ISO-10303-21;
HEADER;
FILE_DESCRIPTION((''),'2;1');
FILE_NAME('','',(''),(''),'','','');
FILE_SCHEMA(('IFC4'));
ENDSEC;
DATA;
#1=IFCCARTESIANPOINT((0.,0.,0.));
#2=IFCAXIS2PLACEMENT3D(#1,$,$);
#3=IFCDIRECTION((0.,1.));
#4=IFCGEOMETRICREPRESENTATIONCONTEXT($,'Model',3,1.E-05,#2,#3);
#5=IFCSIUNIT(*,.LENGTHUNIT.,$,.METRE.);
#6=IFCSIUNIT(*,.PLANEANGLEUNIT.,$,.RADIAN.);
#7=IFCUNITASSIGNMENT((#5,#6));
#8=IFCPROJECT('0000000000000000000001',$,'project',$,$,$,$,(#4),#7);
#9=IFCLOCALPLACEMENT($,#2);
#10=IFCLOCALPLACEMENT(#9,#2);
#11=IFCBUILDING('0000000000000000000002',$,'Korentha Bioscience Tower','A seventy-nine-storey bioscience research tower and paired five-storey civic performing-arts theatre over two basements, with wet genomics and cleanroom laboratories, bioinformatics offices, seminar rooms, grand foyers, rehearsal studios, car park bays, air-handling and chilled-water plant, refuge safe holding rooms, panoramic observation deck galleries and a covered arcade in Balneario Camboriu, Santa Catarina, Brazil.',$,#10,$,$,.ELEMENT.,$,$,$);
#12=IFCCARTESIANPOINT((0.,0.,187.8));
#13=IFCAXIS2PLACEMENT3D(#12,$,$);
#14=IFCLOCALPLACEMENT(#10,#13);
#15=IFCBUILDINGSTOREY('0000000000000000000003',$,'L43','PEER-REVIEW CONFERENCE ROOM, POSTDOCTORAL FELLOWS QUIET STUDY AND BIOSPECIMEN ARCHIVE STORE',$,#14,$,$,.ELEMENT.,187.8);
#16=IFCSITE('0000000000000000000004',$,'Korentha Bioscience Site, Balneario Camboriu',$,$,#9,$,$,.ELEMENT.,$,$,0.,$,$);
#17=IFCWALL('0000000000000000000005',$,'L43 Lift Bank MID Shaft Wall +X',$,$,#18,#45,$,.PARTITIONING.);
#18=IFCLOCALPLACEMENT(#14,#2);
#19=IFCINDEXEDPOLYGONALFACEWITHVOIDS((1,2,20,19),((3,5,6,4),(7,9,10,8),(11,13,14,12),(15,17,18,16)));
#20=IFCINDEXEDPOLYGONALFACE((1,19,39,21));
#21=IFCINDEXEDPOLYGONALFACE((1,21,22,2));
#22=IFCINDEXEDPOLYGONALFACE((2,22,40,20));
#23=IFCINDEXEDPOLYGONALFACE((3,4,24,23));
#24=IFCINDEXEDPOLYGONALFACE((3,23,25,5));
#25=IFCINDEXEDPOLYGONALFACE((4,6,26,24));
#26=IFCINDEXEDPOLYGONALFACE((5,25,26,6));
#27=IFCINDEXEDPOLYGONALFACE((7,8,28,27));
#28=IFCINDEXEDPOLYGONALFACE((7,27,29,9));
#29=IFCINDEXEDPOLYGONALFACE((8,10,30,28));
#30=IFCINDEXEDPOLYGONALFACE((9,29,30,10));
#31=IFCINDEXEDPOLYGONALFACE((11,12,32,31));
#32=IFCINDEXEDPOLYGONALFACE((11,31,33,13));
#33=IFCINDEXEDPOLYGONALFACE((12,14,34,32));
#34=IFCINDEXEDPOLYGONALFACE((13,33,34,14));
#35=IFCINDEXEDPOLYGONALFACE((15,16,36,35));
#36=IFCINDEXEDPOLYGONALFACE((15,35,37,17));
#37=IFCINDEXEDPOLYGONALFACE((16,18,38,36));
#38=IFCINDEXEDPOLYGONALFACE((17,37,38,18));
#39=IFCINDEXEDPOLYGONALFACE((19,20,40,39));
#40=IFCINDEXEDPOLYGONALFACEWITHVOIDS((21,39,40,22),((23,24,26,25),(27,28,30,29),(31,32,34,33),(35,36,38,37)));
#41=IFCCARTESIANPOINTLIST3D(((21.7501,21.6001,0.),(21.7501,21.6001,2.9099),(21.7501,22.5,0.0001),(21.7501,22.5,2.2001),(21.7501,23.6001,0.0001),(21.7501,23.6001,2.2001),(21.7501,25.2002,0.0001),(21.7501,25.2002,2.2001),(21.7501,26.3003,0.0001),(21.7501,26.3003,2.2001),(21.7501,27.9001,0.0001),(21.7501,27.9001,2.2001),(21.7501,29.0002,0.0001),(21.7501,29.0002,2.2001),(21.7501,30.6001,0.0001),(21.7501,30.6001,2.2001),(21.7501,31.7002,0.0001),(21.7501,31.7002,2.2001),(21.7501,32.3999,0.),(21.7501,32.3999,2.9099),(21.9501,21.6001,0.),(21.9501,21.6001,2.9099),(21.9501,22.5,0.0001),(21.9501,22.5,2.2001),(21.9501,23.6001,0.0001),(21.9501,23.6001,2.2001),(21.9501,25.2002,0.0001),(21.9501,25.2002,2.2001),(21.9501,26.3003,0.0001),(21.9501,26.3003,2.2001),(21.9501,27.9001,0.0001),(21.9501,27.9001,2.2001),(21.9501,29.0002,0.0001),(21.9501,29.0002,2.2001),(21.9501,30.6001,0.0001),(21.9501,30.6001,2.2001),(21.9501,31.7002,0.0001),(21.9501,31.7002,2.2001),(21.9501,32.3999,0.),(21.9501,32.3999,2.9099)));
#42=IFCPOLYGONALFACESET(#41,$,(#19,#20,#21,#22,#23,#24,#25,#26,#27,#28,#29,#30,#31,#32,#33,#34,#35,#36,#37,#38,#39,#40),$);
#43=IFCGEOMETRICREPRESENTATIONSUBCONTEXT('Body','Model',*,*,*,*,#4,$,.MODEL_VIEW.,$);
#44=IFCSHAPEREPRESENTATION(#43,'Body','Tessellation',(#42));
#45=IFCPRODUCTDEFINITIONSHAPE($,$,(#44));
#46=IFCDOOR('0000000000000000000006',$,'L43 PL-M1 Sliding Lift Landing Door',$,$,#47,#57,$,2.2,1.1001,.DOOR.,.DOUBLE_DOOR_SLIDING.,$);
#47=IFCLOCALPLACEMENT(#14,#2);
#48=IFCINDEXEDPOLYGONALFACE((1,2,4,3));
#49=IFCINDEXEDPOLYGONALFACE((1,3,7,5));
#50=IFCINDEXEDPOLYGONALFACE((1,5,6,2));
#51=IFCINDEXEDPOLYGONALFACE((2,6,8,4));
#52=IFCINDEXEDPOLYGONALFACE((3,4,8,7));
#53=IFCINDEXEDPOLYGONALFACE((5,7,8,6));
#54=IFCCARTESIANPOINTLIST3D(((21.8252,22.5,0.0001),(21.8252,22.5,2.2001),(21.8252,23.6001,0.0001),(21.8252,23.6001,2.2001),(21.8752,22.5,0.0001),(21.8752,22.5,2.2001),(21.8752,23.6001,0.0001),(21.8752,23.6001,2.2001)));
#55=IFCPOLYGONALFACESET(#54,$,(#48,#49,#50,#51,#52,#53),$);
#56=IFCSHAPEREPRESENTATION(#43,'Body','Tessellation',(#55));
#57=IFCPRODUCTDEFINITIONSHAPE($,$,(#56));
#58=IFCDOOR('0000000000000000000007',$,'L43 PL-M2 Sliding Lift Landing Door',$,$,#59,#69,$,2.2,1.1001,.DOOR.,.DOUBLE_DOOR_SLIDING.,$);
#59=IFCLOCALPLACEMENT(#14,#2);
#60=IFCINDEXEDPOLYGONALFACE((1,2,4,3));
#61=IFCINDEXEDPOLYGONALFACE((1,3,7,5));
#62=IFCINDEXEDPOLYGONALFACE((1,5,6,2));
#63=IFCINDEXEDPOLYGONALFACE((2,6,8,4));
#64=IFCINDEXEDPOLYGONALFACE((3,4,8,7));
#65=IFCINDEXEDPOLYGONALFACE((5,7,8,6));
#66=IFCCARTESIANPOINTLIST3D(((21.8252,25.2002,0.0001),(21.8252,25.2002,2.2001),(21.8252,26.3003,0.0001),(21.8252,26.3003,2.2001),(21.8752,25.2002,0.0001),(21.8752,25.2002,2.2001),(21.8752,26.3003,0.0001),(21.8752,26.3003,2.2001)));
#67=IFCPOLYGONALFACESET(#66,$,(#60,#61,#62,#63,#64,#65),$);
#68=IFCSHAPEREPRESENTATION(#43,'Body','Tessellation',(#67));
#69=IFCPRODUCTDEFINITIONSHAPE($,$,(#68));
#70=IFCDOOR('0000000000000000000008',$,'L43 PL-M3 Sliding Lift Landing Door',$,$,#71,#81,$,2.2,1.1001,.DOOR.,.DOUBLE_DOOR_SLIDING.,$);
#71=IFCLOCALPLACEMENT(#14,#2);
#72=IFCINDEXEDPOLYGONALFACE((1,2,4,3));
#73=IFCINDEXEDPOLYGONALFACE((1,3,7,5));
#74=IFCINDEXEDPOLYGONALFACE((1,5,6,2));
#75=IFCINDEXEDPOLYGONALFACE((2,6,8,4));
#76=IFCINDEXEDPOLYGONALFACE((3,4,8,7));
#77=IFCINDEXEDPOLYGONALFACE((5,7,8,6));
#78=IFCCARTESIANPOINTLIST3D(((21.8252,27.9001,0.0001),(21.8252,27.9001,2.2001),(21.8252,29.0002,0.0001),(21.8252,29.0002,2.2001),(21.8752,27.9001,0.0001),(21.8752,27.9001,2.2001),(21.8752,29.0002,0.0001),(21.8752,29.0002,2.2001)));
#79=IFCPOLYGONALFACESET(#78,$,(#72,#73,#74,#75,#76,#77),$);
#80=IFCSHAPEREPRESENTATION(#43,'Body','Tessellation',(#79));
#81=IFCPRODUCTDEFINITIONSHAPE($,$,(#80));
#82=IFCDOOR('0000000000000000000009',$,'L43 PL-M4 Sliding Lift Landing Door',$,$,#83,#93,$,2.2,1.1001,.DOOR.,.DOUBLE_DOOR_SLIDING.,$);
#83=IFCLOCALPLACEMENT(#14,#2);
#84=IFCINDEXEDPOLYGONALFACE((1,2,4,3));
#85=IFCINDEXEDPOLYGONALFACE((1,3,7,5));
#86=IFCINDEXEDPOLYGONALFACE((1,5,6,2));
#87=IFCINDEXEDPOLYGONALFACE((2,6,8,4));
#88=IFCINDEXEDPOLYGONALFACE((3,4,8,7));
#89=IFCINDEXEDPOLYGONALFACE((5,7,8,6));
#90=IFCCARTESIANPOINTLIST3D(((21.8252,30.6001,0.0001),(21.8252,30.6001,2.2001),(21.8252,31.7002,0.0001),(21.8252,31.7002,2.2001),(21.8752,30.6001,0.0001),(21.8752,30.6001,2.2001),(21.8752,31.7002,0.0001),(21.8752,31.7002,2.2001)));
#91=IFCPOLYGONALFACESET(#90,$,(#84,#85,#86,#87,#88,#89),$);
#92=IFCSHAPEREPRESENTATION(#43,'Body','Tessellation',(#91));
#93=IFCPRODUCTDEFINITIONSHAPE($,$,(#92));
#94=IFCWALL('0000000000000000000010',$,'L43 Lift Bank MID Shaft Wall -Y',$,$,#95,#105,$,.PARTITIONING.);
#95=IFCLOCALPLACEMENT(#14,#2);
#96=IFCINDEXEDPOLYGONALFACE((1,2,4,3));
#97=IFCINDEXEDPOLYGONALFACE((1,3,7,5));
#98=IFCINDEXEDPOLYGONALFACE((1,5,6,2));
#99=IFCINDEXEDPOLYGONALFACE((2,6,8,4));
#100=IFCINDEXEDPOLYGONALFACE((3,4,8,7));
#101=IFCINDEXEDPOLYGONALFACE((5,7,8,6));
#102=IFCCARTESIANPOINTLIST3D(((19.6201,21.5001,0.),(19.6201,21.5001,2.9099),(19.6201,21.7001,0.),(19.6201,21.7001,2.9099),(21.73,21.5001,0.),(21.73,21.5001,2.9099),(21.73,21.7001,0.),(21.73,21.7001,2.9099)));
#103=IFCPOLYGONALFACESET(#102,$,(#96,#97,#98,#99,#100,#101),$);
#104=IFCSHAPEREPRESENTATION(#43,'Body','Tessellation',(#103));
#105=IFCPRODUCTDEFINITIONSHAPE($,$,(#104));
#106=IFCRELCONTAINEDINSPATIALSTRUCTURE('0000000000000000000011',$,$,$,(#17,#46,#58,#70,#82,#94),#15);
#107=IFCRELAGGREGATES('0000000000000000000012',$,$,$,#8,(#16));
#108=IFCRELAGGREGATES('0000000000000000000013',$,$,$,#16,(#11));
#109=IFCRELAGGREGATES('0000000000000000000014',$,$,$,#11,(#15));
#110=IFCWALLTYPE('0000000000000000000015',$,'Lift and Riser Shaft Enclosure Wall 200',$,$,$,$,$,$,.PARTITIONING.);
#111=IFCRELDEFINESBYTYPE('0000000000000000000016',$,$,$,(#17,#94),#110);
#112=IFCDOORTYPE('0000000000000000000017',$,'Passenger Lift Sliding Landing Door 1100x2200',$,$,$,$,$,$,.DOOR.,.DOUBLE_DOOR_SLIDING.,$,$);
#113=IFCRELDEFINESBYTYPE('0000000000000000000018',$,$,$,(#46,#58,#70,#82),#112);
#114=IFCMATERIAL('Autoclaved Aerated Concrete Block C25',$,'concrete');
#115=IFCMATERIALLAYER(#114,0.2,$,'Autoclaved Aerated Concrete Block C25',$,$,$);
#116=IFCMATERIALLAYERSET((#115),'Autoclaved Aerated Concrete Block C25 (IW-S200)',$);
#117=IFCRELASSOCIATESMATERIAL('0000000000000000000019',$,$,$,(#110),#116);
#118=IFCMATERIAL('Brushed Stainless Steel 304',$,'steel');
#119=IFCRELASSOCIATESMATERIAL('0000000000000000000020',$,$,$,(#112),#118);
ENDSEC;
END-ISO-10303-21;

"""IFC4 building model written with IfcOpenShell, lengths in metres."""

from ifc_helpers import new_model, si_unit, direction, frame, frame_2d, origin, place, context, subcontext, project, spatial, rectangle, extrude, material, layer, layer_set, type_object, element, fill, save


model = new_model("IFC4")

# Units and contexts
model_context = context("Model", 3, precision=1e-05, world=origin(), true_north=direction((0.0, 1.0)))
body_context = subcontext(model_context, "Body", "Model", "MODEL_VIEW")
ifc_project = project(units=[si_unit("LENGTHUNIT", "METRE"), si_unit("PLANEANGLEUNIT", "RADIAN")], contexts=[model_context])

# Site, building, storey
site_placement = place(None, origin())
site = spatial("IfcSite", under=ifc_project, at=site_placement, Name="Korentha Bioscience Site, Balneario Camboriu", CompositionType="ELEMENT", RefElevation=0.0)
building_placement = place(site_placement, origin())
building = spatial("IfcBuilding", under=site, at=building_placement, Name="Korentha Bioscience Tower", Description="A seventy-nine-storey bioscience research tower and paired five-storey civic performing-arts theatre over two basements, with wet genomics and cleanroom laboratories, bioinformatics offices, seminar rooms, grand foyers, rehearsal studios, car park bays, air-handling and chilled-water plant, refuge safe holding rooms, panoramic observation deck galleries and a covered arcade in Balneario Camboriu, Santa Catarina, Brazil.", CompositionType="ELEMENT")
storey_placement = place(building_placement, frame((0.0, 0.0, 187.8)))
storey = spatial("IfcBuildingStorey", under=building, at=storey_placement, Name="L43", Description="PEER-REVIEW CONFERENCE ROOM, POSTDOCTORAL FELLOWS QUIET STUDY AND BIOSPECIMEN ARCHIVE STORE", CompositionType="ELEMENT", Elevation=187.8)

# Shared definitions
ifc_material_1 = material(Name="Autoclaved Aerated Concrete Block C25", Category="concrete")
ifc_layer_1 = layer(ifc_material_1, 0.2, Name="Autoclaved Aerated Concrete Block C25")
ifc_layer_set_1 = layer_set([ifc_layer_1], Name="Autoclaved Aerated Concrete Block C25 (IW-S200)")
wall_type_1 = type_object("IfcWallType", Name="Lift and Riser Shaft Enclosure Wall 200", PredefinedType="PARTITIONING", material=ifc_layer_set_1)

# Wall, openings, doors
wall_1_placement = place(storey_placement, frame((21.8501, 21.6001, 0.0), z_axis=(0.0, 0.0, 1.0), x_axis=(0.0, 1.0, 0.0)))
wall_1 = element("IfcWall", 1, at=wall_1_placement, inside=storey, type_object=wall_type_1, Name="L43 Lift Bank MID Shaft Wall +X", PredefinedType="PARTITIONING", context=body_context, shape_type="SweptSolid", body=[
    extrude(rectangle(XDim=10.7998, YDim=0.2, at=frame_2d((5.3999, 0.0))), origin(), (0.0, 0.0, 1.0), 2.9099),
])
opening_1_placement = place(wall_1_placement, frame((0.8999, 0.0, 0.0)))
opening_1 = element("IfcOpeningElement", 2, at=opening_1_placement, cuts=wall_1, PredefinedType="OPENING", context=body_context, shape_type="SweptSolid", body=[
    extrude(rectangle(XDim=1.1001, YDim=2.2, at=frame_2d((0.55, 1.1001))), frame((0.0, 0.1147, 0.0), z_axis=(0.0, -1.0, 0.0), x_axis=(1.0, 0.0, 0.0)), (0.0, 0.0, 1.0), 0.2297),
])
opening_2_placement = place(wall_1_placement, frame((3.6001, 0.0, 0.0)))
opening_2 = element("IfcOpeningElement", 3, at=opening_2_placement, cuts=wall_1, PredefinedType="OPENING", context=body_context, shape_type="SweptSolid", body=[
    extrude(rectangle(XDim=1.1001, YDim=2.2, at=frame_2d((0.55, 1.1001))), frame((0.0, 0.1147, 0.0), z_axis=(0.0, -1.0, 0.0), x_axis=(1.0, 0.0, 0.0)), (0.0, 0.0, 1.0), 0.2297),
])
opening_3_placement = place(wall_1_placement, frame((6.3, 0.0, 0.0)))
opening_3 = element("IfcOpeningElement", 4, at=opening_3_placement, cuts=wall_1, PredefinedType="OPENING", context=body_context, shape_type="SweptSolid", body=[
    extrude(rectangle(XDim=1.1001, YDim=2.2, at=frame_2d((0.55, 1.1001))), frame((0.0, 0.1147, 0.0), z_axis=(0.0, -1.0, 0.0), x_axis=(1.0, 0.0, 0.0)), (0.0, 0.0, 1.0), 0.2297),
])
opening_4_placement = place(wall_1_placement, frame((9.0, 0.0, 0.0)))
opening_4 = element("IfcOpeningElement", 5, at=opening_4_placement, cuts=wall_1, PredefinedType="OPENING", context=body_context, shape_type="SweptSolid", body=[
    extrude(rectangle(XDim=1.1001, YDim=2.2, at=frame_2d((0.55, 1.1001))), frame((0.0, 0.1147, 0.0), z_axis=(0.0, -1.0, 0.0), x_axis=(1.0, 0.0, 0.0)), (0.0, 0.0, 1.0), 0.2297),
])
ifc_material_2 = material(Name="Brushed Stainless Steel 304", Category="steel")
door_type_1 = type_object("IfcDoorType", Name="Passenger Lift Sliding Landing Door 1100x2200", OperationType="DOUBLE_DOOR_SLIDING", PredefinedType="DOOR", material=ifc_material_2)
door_1_placement = place(opening_1_placement, origin())
door_1 = element("IfcDoor", 6, at=door_1_placement, inside=storey, type_object=door_type_1, Name="L43 PL-M1 Sliding Lift Landing Door", OperationType="DOUBLE_DOOR_SLIDING", OverallHeight=2.2, OverallWidth=1.1001, PredefinedType="DOOR", context=body_context, shape_type="SweptSolid", body=[
    extrude(rectangle(XDim=1.1001, YDim=2.2, at=frame_2d((0.55, 1.1001))), frame((0.0, 0.0249, 0.0), z_axis=(0.0, -1.0, 0.0), x_axis=(1.0, 0.0, 0.0)), (0.0, 0.0, 1.0), 0.05),
])
fill(opening_1, door_1)
door_2_placement = place(opening_2_placement, origin())
door_2 = element("IfcDoor", 7, at=door_2_placement, inside=storey, type_object=door_type_1, Name="L43 PL-M2 Sliding Lift Landing Door", OperationType="DOUBLE_DOOR_SLIDING", OverallHeight=2.2, OverallWidth=1.1001, PredefinedType="DOOR", context=body_context, shape_type="SweptSolid", body=[
    extrude(rectangle(XDim=1.1001, YDim=2.2, at=frame_2d((0.55, 1.1001))), frame((0.0, 0.0249, 0.0), z_axis=(0.0, -1.0, 0.0), x_axis=(1.0, 0.0, 0.0)), (0.0, 0.0, 1.0), 0.05),
])
fill(opening_2, door_2)
door_3_placement = place(opening_3_placement, origin())
door_3 = element("IfcDoor", 8, at=door_3_placement, inside=storey, type_object=door_type_1, Name="L43 PL-M3 Sliding Lift Landing Door", OperationType="DOUBLE_DOOR_SLIDING", OverallHeight=2.2, OverallWidth=1.1001, PredefinedType="DOOR", context=body_context, shape_type="SweptSolid", body=[
    extrude(rectangle(XDim=1.1001, YDim=2.2, at=frame_2d((0.55, 1.1001))), frame((0.0, 0.0249, 0.0), z_axis=(0.0, -1.0, 0.0), x_axis=(1.0, 0.0, 0.0)), (0.0, 0.0, 1.0), 0.05),
])
fill(opening_3, door_3)
door_4_placement = place(opening_4_placement, origin())
door_4 = element("IfcDoor", 9, at=door_4_placement, inside=storey, type_object=door_type_1, Name="L43 PL-M4 Sliding Lift Landing Door", OperationType="DOUBLE_DOOR_SLIDING", OverallHeight=2.2, OverallWidth=1.1001, PredefinedType="DOOR", context=body_context, shape_type="SweptSolid", body=[
    extrude(rectangle(XDim=1.1001, YDim=2.2, at=frame_2d((0.55, 1.1001))), frame((0.0, 0.0249, 0.0), z_axis=(0.0, -1.0, 0.0), x_axis=(1.0, 0.0, 0.0)), (0.0, 0.0, 1.0), 0.05),
])
fill(opening_4, door_4)

# Wall
wall_2_placement = place(storey_placement, frame((19.6201, 21.6001, 0.0), z_axis=(0.0, 0.0, 1.0), x_axis=(1.0, 0.0, 0.0)))
element("IfcWall", 10, at=wall_2_placement, inside=storey, type_object=wall_type_1, Name="L43 Lift Bank MID Shaft Wall -Y", PredefinedType="PARTITIONING", context=body_context, shape_type="SweptSolid", body=[
    extrude(rectangle(XDim=2.1099, YDim=0.2, at=frame_2d((1.0549, 0.0))), origin(), (0.0, 0.0, 1.0), 2.9099),
])

save(model, "model.ifc")
